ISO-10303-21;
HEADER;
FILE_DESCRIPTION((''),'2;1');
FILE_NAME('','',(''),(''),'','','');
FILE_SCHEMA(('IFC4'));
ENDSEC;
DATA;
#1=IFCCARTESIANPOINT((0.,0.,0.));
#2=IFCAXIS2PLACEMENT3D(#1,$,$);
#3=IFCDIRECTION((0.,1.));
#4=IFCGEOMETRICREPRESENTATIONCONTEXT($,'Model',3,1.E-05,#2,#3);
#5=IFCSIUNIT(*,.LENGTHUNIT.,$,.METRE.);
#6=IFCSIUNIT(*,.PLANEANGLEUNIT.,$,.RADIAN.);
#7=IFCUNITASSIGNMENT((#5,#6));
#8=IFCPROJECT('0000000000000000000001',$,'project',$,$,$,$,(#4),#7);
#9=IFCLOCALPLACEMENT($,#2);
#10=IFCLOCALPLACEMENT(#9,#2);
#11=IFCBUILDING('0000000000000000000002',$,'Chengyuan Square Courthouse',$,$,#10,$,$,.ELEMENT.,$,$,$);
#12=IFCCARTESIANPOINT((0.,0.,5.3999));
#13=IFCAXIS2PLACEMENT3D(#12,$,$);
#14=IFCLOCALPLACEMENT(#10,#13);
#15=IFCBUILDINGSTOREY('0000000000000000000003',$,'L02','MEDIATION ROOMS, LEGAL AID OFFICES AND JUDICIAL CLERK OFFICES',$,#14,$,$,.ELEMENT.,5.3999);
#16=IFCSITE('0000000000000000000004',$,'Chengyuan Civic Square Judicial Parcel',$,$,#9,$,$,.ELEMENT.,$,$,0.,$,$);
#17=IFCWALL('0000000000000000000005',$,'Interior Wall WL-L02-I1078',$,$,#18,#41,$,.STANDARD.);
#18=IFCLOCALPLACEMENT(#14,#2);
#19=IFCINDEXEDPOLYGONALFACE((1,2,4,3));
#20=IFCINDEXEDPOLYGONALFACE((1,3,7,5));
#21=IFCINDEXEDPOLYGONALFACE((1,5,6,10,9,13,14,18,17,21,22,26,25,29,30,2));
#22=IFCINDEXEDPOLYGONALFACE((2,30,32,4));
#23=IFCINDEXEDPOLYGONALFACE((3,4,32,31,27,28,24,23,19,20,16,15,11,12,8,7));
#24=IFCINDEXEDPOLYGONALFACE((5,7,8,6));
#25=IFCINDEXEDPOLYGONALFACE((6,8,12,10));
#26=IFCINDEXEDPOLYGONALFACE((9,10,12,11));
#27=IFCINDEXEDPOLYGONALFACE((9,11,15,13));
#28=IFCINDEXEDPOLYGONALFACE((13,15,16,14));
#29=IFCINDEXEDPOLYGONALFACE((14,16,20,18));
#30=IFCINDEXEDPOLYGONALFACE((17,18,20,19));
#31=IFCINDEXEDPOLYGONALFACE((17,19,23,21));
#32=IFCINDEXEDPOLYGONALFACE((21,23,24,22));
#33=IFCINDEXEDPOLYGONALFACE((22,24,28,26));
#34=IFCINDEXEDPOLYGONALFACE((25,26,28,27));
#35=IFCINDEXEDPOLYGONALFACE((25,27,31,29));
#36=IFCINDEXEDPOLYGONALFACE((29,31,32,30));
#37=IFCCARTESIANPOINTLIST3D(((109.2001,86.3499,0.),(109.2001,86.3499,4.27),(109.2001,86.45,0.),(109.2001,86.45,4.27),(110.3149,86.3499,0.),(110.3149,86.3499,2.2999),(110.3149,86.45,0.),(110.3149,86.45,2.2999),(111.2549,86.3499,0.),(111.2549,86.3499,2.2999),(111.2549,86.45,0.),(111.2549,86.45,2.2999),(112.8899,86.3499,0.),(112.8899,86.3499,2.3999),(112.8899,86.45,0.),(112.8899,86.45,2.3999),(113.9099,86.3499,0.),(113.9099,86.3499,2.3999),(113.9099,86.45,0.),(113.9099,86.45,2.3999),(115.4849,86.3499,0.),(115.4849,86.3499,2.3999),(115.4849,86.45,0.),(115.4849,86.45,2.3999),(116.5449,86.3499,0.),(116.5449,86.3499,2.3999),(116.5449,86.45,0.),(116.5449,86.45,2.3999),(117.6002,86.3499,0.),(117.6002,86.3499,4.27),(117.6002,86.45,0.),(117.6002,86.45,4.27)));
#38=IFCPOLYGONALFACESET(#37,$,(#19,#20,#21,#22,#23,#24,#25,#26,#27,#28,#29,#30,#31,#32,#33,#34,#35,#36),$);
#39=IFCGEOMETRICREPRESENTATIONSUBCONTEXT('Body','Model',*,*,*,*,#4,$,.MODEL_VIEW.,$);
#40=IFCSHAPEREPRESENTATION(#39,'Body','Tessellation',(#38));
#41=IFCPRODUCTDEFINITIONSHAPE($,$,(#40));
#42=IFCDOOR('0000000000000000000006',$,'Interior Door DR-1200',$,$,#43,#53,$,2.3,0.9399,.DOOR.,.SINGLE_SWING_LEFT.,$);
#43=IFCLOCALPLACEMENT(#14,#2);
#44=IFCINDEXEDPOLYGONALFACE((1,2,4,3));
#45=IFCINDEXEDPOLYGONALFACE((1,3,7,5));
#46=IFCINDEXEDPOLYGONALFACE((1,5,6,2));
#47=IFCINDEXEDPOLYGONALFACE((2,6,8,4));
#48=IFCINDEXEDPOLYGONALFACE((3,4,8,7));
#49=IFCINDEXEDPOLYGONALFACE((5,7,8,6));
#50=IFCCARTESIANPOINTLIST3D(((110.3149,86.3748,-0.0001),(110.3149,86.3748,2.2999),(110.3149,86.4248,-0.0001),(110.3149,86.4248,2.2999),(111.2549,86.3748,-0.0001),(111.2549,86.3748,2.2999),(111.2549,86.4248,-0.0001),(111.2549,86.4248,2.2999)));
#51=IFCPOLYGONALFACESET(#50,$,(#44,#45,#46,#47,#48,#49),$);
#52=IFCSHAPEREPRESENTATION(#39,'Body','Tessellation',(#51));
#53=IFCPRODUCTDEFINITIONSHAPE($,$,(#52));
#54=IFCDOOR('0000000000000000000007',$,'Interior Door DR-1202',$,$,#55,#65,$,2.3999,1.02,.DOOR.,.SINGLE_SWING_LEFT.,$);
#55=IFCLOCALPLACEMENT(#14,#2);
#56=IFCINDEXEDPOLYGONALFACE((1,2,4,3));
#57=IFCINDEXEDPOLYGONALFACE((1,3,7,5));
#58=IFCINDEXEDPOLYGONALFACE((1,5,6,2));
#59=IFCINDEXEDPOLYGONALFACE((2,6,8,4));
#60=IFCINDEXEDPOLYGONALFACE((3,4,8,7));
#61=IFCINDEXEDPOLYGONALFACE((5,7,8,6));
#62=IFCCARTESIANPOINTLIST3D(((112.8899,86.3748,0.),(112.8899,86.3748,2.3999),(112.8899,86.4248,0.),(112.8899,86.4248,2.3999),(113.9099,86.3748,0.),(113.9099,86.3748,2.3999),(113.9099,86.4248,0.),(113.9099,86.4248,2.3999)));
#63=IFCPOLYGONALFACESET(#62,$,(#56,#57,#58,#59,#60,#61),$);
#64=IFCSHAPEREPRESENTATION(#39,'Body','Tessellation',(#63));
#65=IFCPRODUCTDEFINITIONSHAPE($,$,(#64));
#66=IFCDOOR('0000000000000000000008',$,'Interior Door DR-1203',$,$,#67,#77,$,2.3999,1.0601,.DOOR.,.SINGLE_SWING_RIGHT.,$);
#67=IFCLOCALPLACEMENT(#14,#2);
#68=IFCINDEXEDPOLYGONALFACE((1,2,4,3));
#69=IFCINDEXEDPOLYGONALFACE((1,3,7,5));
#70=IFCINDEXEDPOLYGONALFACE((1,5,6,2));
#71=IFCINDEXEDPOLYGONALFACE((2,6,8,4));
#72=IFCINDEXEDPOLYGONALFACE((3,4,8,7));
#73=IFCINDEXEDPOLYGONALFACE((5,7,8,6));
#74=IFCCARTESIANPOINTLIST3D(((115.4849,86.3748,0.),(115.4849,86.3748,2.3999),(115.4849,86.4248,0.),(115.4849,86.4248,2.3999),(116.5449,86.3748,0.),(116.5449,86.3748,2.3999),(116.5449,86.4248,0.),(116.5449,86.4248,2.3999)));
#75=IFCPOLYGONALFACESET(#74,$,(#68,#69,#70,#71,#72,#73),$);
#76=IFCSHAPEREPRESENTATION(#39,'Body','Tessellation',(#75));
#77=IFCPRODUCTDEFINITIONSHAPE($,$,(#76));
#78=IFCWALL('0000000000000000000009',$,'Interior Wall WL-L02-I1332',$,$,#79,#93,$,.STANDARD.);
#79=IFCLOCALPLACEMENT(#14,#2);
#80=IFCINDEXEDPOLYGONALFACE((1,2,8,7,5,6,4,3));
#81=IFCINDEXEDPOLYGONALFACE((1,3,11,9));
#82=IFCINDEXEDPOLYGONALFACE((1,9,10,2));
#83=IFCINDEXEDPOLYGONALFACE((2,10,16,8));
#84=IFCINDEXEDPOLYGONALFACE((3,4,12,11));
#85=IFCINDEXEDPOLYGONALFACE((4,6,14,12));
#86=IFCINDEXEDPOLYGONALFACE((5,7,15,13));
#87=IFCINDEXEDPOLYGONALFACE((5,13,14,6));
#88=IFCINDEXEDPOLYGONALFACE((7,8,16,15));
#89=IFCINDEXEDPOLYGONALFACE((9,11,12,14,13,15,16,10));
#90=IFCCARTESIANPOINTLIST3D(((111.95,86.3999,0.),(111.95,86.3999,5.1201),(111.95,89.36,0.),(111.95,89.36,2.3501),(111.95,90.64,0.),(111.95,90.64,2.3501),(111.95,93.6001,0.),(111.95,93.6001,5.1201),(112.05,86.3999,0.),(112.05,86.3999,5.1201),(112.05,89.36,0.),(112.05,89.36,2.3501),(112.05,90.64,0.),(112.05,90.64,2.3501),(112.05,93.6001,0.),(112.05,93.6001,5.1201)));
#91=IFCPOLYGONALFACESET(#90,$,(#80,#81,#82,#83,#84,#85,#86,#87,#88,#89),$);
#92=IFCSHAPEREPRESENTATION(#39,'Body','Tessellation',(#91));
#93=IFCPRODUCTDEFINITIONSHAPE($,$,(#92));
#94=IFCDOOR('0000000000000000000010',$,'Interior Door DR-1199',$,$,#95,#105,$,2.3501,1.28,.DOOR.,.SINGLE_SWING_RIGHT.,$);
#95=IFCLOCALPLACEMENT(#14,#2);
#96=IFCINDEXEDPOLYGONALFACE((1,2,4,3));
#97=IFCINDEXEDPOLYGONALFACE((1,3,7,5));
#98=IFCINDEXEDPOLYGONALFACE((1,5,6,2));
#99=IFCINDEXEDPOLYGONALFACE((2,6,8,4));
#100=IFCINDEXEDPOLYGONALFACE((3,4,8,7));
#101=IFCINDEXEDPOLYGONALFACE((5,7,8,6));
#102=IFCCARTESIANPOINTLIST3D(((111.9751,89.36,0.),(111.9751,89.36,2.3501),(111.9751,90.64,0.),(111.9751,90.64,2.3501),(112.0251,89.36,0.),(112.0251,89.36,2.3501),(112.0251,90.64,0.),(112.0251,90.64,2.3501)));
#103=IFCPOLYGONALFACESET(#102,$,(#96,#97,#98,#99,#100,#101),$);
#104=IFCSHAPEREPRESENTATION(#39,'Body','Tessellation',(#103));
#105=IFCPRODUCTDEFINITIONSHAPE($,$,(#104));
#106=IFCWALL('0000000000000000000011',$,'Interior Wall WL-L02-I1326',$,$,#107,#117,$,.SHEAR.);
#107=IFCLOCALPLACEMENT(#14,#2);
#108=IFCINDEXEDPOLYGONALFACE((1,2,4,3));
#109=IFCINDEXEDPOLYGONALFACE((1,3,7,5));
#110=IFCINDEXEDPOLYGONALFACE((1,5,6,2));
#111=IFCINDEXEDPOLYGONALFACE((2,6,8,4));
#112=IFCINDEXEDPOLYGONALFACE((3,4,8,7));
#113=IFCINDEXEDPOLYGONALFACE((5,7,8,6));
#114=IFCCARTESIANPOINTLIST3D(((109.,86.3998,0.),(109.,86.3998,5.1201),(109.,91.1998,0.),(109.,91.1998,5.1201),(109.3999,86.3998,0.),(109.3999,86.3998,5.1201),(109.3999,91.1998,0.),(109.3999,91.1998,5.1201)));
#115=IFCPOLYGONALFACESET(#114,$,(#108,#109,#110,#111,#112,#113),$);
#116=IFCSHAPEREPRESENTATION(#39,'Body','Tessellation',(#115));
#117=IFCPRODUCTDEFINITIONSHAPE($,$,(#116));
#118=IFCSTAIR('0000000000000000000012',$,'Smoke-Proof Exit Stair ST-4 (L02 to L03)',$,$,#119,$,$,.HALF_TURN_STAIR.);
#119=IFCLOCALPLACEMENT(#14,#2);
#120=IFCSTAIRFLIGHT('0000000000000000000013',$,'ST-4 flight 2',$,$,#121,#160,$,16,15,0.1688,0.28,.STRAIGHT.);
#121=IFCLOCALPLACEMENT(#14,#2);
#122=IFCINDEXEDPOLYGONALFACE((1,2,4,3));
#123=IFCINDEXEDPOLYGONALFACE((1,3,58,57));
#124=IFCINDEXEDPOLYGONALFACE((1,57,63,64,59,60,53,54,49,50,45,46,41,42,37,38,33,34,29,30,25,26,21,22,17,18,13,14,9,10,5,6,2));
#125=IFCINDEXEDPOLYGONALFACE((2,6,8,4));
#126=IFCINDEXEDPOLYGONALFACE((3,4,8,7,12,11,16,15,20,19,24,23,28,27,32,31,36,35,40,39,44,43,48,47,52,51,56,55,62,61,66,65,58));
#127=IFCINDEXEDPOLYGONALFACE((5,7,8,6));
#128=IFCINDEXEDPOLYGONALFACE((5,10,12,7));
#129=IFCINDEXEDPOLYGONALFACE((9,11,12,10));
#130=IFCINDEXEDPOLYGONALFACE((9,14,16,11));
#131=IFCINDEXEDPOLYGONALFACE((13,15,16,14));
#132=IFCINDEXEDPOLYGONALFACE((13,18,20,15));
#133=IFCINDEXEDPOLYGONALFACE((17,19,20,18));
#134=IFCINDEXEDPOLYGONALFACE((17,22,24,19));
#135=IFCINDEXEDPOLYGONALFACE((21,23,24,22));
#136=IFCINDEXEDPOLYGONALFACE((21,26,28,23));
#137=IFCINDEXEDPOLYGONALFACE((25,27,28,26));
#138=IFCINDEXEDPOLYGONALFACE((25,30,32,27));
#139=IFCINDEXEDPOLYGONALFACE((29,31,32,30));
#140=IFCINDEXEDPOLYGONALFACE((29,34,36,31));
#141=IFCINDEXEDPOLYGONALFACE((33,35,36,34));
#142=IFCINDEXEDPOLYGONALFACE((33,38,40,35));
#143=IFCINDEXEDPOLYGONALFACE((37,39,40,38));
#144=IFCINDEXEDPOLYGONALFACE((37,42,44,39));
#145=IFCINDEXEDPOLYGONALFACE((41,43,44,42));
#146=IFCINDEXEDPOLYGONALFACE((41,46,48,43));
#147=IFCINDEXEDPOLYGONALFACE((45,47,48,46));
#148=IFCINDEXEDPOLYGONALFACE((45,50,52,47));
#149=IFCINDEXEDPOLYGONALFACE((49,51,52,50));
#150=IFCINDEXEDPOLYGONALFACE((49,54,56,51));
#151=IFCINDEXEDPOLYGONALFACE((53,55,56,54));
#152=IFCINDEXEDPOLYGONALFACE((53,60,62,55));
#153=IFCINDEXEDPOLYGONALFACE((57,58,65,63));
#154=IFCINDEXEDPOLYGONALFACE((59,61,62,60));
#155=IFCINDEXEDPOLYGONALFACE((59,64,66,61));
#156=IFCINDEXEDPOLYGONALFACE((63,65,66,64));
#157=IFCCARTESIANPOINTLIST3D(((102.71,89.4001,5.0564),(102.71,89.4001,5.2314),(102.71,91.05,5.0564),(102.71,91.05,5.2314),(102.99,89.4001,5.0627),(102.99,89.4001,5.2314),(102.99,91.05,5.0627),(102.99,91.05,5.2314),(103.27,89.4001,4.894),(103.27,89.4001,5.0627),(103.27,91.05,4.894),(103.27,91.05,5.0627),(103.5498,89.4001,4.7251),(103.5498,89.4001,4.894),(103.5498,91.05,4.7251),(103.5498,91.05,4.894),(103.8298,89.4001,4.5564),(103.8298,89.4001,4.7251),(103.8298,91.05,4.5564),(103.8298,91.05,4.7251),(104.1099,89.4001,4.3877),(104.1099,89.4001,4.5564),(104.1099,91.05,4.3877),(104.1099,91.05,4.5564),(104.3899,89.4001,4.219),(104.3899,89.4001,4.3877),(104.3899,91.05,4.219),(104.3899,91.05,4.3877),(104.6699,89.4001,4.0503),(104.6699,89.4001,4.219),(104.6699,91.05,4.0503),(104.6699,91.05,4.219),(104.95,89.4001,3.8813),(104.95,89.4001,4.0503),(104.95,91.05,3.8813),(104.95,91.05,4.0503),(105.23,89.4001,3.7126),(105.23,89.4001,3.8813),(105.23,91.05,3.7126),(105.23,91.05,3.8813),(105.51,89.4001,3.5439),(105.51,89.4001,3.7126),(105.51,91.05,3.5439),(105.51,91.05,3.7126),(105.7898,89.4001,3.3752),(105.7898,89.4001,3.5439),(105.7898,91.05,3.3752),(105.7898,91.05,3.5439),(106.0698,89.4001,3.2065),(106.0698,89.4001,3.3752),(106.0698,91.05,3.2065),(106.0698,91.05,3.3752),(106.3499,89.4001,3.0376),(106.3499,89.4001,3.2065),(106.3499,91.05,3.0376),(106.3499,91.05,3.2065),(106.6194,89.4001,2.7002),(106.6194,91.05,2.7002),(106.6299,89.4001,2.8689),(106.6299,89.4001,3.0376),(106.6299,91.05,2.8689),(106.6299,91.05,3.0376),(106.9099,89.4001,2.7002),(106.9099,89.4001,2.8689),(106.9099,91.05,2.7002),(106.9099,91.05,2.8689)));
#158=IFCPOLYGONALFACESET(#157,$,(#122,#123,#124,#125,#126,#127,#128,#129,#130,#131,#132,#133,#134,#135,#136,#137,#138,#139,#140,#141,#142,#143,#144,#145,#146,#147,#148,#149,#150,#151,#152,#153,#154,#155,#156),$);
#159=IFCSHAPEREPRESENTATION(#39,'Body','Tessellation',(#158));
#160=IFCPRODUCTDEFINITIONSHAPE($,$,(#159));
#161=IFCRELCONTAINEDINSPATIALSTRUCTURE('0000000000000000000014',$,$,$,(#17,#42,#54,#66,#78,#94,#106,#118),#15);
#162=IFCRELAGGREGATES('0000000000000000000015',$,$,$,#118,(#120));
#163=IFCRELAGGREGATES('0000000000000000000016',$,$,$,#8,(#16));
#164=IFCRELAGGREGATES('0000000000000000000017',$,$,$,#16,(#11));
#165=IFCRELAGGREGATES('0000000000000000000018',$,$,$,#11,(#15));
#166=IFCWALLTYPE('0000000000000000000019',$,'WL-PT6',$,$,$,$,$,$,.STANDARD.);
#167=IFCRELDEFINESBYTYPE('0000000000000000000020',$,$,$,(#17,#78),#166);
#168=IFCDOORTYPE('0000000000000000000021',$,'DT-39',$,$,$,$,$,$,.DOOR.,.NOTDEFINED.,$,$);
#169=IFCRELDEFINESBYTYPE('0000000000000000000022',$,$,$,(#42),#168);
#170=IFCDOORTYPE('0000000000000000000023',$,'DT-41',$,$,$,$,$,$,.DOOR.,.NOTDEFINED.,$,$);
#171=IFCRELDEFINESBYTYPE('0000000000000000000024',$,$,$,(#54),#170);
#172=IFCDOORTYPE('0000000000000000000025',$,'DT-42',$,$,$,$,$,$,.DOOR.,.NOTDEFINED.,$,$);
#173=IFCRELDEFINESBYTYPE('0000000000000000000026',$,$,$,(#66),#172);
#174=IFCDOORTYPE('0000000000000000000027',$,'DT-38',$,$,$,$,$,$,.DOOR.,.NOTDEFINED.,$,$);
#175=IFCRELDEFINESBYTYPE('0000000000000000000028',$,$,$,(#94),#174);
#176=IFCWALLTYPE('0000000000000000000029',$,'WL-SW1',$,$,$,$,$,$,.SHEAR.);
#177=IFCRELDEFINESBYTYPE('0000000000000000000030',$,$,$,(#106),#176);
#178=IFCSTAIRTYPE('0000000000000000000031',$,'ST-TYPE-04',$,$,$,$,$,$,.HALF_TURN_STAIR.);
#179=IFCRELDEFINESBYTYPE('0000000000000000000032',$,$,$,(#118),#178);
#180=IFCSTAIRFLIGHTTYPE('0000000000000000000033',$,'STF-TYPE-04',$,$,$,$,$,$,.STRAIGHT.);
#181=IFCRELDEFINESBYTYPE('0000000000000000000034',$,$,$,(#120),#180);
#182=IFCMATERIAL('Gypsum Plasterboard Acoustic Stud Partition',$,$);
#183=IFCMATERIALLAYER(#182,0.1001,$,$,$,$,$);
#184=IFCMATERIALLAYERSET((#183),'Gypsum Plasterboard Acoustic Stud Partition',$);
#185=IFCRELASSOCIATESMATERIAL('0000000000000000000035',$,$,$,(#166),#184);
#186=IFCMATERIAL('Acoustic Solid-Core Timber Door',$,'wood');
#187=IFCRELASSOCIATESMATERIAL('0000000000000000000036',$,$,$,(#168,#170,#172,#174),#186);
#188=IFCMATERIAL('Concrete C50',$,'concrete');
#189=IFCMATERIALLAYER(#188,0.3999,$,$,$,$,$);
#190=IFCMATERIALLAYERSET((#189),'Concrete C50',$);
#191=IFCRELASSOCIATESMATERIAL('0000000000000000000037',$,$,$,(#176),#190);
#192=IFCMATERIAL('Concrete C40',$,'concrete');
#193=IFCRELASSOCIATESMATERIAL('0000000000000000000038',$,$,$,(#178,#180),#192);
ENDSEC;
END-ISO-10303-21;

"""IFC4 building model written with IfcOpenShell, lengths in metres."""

from ifc_helpers import new_model, si_unit, direction, frame, frame_2d, origin, place, context, subcontext, project, spatial, polyline, rectangle, outline, extrude, material, layer, layer_set, type_object, element, fill, aggregate, save


model = new_model("IFC4")

# Units and contexts
model_context = context("Model", 3, precision=1e-05, world=origin(), true_north=direction((0.0, 1.0)))
body_context = subcontext(model_context, "Body", "Model", "MODEL_VIEW")
ifc_project = project(units=[si_unit("LENGTHUNIT", "METRE"), si_unit("PLANEANGLEUNIT", "RADIAN")], contexts=[model_context])

# Site, building, storey
site_placement = place(None, origin())
site = spatial("IfcSite", under=ifc_project, at=site_placement, Name="Chengyuan Civic Square Judicial Parcel", CompositionType="ELEMENT", RefElevation=0.0)
building_placement = place(site_placement, origin())
building = spatial("IfcBuilding", under=site, at=building_placement, Name="Chengyuan Square Courthouse", CompositionType="ELEMENT")
storey_placement = place(building_placement, frame((0.0, 0.0, 5.3999)))
storey = spatial("IfcBuildingStorey", under=building, at=storey_placement, Name="L02", Description="MEDIATION ROOMS, LEGAL AID OFFICES AND JUDICIAL CLERK OFFICES", CompositionType="ELEMENT", Elevation=5.3999)

# Shared definitions
ifc_material_1 = material(Name="Concrete C50", Category="concrete")

# Shared definitions
ifc_material_2 = material(Name="Concrete C40", Category="concrete")

# Wall, openings, doors
ifc_material_3 = material(Name="Gypsum Plasterboard Acoustic Stud Partition")
ifc_layer_1 = layer(ifc_material_3, 0.1001)
ifc_layer_set_1 = layer_set([ifc_layer_1], Name="Gypsum Plasterboard Acoustic Stud Partition")
wall_type_1 = type_object("IfcWallType", Name="WL-PT6", PredefinedType="STANDARD", material=ifc_layer_set_1)
wall_1_placement = place(storey_placement, frame((109.2, 86.3999, 0.0), z_axis=(0.0, 0.0, 1.0), x_axis=(1.0, 0.0, 0.0)))
wall_1 = element("IfcWall", 1, at=wall_1_placement, inside=storey, type_object=wall_type_1, Name="Interior Wall WL-L02-I1078", PredefinedType="STANDARD", context=body_context, shape_type="SweptSolid", body=[
    extrude(rectangle(XDim=8.4001, YDim=0.1001, at=frame_2d((4.2002, 0.0))), origin(), (0.0, 0.0, 1.0), 4.27),
])
opening_1_placement = place(wall_1_placement, frame((1.115, 0.0, 0.0)))
opening_1 = element("IfcOpeningElement", 2, at=opening_1_placement, cuts=wall_1, PredefinedType="OPENING", context=body_context, shape_type="SweptSolid", body=[
    extrude(rectangle(XDim=0.9399, YDim=2.3, at=frame_2d((0.47, 1.1499))), frame((0.0, 0.062, 0.0), z_axis=(0.0, -1.0, 0.0), x_axis=(1.0, 0.0, 0.0)), (0.0, 0.0, 1.0), 0.124),
])
opening_2_placement = place(wall_1_placement, frame((3.6899, 0.0, 0.0)))
opening_2 = element("IfcOpeningElement", 3, at=opening_2_placement, cuts=wall_1, PredefinedType="OPENING", context=body_context, shape_type="SweptSolid", body=[
    extrude(rectangle(XDim=1.02, YDim=2.3999, at=frame_2d((0.51, 1.2))), frame((0.0, 0.062, 0.0), z_axis=(0.0, -1.0, 0.0), x_axis=(1.0, 0.0, 0.0)), (0.0, 0.0, 1.0), 0.124),
])
opening_3_placement = place(wall_1_placement, frame((6.2849, 0.0, 0.0)))
opening_3 = element("IfcOpeningElement", 4, at=opening_3_placement, cuts=wall_1, PredefinedType="OPENING", context=body_context, shape_type="SweptSolid", body=[
    extrude(rectangle(XDim=1.0601, YDim=2.3999, at=frame_2d((0.53, 1.2))), frame((0.0, 0.062, 0.0), z_axis=(0.0, -1.0, 0.0), x_axis=(1.0, 0.0, 0.0)), (0.0, 0.0, 1.0), 0.124),
])
ifc_material_4 = material(Name="Acoustic Solid-Core Timber Door", Category="wood")
door_type_1 = type_object("IfcDoorType", Name="DT-39", OperationType="NOTDEFINED", PredefinedType="DOOR", material=ifc_material_4)
door_1_placement = place(opening_1_placement, origin())
door_1 = element("IfcDoor", 5, at=door_1_placement, inside=storey, type_object=door_type_1, Name="Interior Door DR-1200", OperationType="SINGLE_SWING_LEFT", OverallHeight=2.3, OverallWidth=0.9399, PredefinedType="DOOR", context=body_context, shape_type="SweptSolid", body=[
    extrude(rectangle(XDim=0.9399, YDim=2.3, at=frame_2d((0.47, 1.1499))), frame((0.0, 0.0249, 0.0), z_axis=(0.0, -1.0, 0.0), x_axis=(1.0, 0.0, 0.0)), (0.0, 0.0, 1.0), 0.05),
])
fill(opening_1, door_1)
door_type_2 = type_object("IfcDoorType", Name="DT-41", OperationType="NOTDEFINED", PredefinedType="DOOR", material=ifc_material_4)
door_2_placement = place(opening_2_placement, origin())
door_2 = element("IfcDoor", 6, at=door_2_placement, inside=storey, type_object=door_type_2, Name="Interior Door DR-1202", OperationType="SINGLE_SWING_LEFT", OverallHeight=2.3999, OverallWidth=1.02, PredefinedType="DOOR", context=body_context, shape_type="SweptSolid", body=[
    extrude(rectangle(XDim=1.02, YDim=2.3999, at=frame_2d((0.51, 1.2))), frame((0.0, 0.0249, 0.0), z_axis=(0.0, -1.0, 0.0), x_axis=(1.0, 0.0, 0.0)), (0.0, 0.0, 1.0), 0.05),
])
fill(opening_2, door_2)
door_type_3 = type_object("IfcDoorType", Name="DT-42", OperationType="NOTDEFINED", PredefinedType="DOOR", material=ifc_material_4)
door_3_placement = place(opening_3_placement, origin())
door_3 = element("IfcDoor", 7, at=door_3_placement, inside=storey, type_object=door_type_3, Name="Interior Door DR-1203", OperationType="SINGLE_SWING_RIGHT", OverallHeight=2.3999, OverallWidth=1.0601, PredefinedType="DOOR", context=body_context, shape_type="SweptSolid", body=[
    extrude(rectangle(XDim=1.0601, YDim=2.3999, at=frame_2d((0.53, 1.2))), frame((0.0, 0.0249, 0.0), z_axis=(0.0, -1.0, 0.0), x_axis=(1.0, 0.0, 0.0)), (0.0, 0.0, 1.0), 0.05),
])
fill(opening_3, door_3)

# Wall, opening, door
wall_2_placement = place(storey_placement, frame((112.0, 86.3999, 0.0), z_axis=(0.0, 0.0, 1.0), x_axis=(0.0, 1.0, 0.0)))
wall_2 = element("IfcWall", 8, at=wall_2_placement, inside=storey, type_object=wall_type_1, Name="Interior Wall WL-L02-I1332", PredefinedType="STANDARD", context=body_context, shape_type="SweptSolid", body=[
    extrude(rectangle(XDim=7.2002, YDim=0.1001, at=frame_2d((3.6001, 0.0))), origin(), (0.0, 0.0, 1.0), 5.1201),
])
opening_4_placement = place(wall_2_placement, frame((2.96, 0.0, 0.0)))
opening_4 = element("IfcOpeningElement", 9, at=opening_4_placement, cuts=wall_2, PredefinedType="OPENING", context=body_context, shape_type="SweptSolid", body=[
    extrude(rectangle(XDim=1.28, YDim=2.3501, at=frame_2d((0.6401, 1.175))), frame((0.0, 0.062, 0.0), z_axis=(0.0, -1.0, 0.0), x_axis=(1.0, 0.0, 0.0)), (0.0, 0.0, 1.0), 0.124),
])
door_type_4 = type_object("IfcDoorType", Name="DT-38", OperationType="NOTDEFINED", PredefinedType="DOOR", material=ifc_material_4)
door_4_placement = place(opening_4_placement, origin())
door_4 = element("IfcDoor", 10, at=door_4_placement, inside=storey, type_object=door_type_4, Name="Interior Door DR-1199", OperationType="SINGLE_SWING_RIGHT", OverallHeight=2.3501, OverallWidth=1.28, PredefinedType="DOOR", context=body_context, shape_type="SweptSolid", body=[
    extrude(rectangle(XDim=1.28, YDim=2.3501, at=frame_2d((0.6401, 1.175))), frame((0.0, 0.0249, 0.0), z_axis=(0.0, -1.0, 0.0), x_axis=(1.0, 0.0, 0.0)), (0.0, 0.0, 1.0), 0.05),
])
fill(opening_4, door_4)

# Wall
ifc_layer_2 = layer(ifc_material_1, 0.3999)
ifc_layer_set_2 = layer_set([ifc_layer_2], Name="Concrete C50")
wall_type_2 = type_object("IfcWallType", Name="WL-SW1", PredefinedType="SHEAR", material=ifc_layer_set_2)
wall_3_placement = place(storey_placement, frame((109.2, 86.3999, 0.0), z_axis=(0.0, 0.0, 1.0), x_axis=(0.0, 1.0, 0.0)))
element("IfcWall", 11, at=wall_3_placement, inside=storey, type_object=wall_type_2, Name="Interior Wall WL-L02-I1326", PredefinedType="SHEAR", context=body_context, shape_type="SweptSolid", body=[
    extrude(rectangle(XDim=4.8, YDim=0.3999, at=frame_2d((2.3999, 0.0))), origin(), (0.0, 0.0, 1.0), 5.1201),
])

# Stair, stair flight
stair_type = type_object("IfcStairType", Name="ST-TYPE-04", PredefinedType="HALF_TURN_STAIR", material=ifc_material_2)
stair_placement = place(storey_placement, origin())
stair = element("IfcStair", 12, at=stair_placement, inside=storey, type_object=stair_type, Name="Smoke-Proof Exit Stair ST-4 (L02 to L03)", PredefinedType="HALF_TURN_STAIR")
stair_flight_type = type_object("IfcStairFlightType", Name="STF-TYPE-04", PredefinedType="STRAIGHT", material=ifc_material_2)
stair_flight_placement = place(storey_placement, frame((106.9099, 90.2251, 2.7002), z_axis=(0.0, 0.0, 1.0), x_axis=(-1.0, 0.0, 0.0)))
stair_flight = element("IfcStairFlight", 13, at=stair_flight_placement, type_object=stair_flight_type, Name="ST-4 flight 2", NumberOfRisers=16, NumberOfTreads=15, PredefinedType="STRAIGHT", RiserHeight=0.1688, TreadLength=0.28, context=body_context, shape_type="SweptSolid", body=[
    extrude(outline(polyline([(0.0, 0.0), (0.0, 0.1687), (0.28, 0.1687), (0.28, 0.3374), (0.5601, 0.3374), (0.5601, 0.5063), (0.8401, 0.5063), (0.8401, 0.675), (1.1201, 0.675), (1.1201, 0.8438), (1.3999, 0.8438), (1.3999, 1.0125), (1.6799, 1.0125), (1.6799, 1.1812), (1.96, 1.1812), (1.96, 1.3501), (2.24, 1.3501), (2.24, 1.5188), (2.52, 1.5188), (2.52, 1.6875), (2.8, 1.6875), (2.8, 1.8562), (3.0801, 1.8562), (3.0801, 2.0249), (3.3601, 2.0249), (3.3601, 2.1938), (3.6399, 2.1938), (3.6399, 2.3625), (3.9199, 2.3625), (3.9199, 2.5312), (4.2, 2.5312), (4.2, 2.7), (4.2, 2.3562), (0.2905, 0.0), (0.0, 0.0)])), frame((0.0, 0.825, 0.0), z_axis=(0.0, -1.0, 0.0), x_axis=(1.0, 0.0, 0.0)), (0.0, 0.0, 1.0), 1.6499),
])
aggregate(stair, [stair_flight])

save(model, "model.ifc")
